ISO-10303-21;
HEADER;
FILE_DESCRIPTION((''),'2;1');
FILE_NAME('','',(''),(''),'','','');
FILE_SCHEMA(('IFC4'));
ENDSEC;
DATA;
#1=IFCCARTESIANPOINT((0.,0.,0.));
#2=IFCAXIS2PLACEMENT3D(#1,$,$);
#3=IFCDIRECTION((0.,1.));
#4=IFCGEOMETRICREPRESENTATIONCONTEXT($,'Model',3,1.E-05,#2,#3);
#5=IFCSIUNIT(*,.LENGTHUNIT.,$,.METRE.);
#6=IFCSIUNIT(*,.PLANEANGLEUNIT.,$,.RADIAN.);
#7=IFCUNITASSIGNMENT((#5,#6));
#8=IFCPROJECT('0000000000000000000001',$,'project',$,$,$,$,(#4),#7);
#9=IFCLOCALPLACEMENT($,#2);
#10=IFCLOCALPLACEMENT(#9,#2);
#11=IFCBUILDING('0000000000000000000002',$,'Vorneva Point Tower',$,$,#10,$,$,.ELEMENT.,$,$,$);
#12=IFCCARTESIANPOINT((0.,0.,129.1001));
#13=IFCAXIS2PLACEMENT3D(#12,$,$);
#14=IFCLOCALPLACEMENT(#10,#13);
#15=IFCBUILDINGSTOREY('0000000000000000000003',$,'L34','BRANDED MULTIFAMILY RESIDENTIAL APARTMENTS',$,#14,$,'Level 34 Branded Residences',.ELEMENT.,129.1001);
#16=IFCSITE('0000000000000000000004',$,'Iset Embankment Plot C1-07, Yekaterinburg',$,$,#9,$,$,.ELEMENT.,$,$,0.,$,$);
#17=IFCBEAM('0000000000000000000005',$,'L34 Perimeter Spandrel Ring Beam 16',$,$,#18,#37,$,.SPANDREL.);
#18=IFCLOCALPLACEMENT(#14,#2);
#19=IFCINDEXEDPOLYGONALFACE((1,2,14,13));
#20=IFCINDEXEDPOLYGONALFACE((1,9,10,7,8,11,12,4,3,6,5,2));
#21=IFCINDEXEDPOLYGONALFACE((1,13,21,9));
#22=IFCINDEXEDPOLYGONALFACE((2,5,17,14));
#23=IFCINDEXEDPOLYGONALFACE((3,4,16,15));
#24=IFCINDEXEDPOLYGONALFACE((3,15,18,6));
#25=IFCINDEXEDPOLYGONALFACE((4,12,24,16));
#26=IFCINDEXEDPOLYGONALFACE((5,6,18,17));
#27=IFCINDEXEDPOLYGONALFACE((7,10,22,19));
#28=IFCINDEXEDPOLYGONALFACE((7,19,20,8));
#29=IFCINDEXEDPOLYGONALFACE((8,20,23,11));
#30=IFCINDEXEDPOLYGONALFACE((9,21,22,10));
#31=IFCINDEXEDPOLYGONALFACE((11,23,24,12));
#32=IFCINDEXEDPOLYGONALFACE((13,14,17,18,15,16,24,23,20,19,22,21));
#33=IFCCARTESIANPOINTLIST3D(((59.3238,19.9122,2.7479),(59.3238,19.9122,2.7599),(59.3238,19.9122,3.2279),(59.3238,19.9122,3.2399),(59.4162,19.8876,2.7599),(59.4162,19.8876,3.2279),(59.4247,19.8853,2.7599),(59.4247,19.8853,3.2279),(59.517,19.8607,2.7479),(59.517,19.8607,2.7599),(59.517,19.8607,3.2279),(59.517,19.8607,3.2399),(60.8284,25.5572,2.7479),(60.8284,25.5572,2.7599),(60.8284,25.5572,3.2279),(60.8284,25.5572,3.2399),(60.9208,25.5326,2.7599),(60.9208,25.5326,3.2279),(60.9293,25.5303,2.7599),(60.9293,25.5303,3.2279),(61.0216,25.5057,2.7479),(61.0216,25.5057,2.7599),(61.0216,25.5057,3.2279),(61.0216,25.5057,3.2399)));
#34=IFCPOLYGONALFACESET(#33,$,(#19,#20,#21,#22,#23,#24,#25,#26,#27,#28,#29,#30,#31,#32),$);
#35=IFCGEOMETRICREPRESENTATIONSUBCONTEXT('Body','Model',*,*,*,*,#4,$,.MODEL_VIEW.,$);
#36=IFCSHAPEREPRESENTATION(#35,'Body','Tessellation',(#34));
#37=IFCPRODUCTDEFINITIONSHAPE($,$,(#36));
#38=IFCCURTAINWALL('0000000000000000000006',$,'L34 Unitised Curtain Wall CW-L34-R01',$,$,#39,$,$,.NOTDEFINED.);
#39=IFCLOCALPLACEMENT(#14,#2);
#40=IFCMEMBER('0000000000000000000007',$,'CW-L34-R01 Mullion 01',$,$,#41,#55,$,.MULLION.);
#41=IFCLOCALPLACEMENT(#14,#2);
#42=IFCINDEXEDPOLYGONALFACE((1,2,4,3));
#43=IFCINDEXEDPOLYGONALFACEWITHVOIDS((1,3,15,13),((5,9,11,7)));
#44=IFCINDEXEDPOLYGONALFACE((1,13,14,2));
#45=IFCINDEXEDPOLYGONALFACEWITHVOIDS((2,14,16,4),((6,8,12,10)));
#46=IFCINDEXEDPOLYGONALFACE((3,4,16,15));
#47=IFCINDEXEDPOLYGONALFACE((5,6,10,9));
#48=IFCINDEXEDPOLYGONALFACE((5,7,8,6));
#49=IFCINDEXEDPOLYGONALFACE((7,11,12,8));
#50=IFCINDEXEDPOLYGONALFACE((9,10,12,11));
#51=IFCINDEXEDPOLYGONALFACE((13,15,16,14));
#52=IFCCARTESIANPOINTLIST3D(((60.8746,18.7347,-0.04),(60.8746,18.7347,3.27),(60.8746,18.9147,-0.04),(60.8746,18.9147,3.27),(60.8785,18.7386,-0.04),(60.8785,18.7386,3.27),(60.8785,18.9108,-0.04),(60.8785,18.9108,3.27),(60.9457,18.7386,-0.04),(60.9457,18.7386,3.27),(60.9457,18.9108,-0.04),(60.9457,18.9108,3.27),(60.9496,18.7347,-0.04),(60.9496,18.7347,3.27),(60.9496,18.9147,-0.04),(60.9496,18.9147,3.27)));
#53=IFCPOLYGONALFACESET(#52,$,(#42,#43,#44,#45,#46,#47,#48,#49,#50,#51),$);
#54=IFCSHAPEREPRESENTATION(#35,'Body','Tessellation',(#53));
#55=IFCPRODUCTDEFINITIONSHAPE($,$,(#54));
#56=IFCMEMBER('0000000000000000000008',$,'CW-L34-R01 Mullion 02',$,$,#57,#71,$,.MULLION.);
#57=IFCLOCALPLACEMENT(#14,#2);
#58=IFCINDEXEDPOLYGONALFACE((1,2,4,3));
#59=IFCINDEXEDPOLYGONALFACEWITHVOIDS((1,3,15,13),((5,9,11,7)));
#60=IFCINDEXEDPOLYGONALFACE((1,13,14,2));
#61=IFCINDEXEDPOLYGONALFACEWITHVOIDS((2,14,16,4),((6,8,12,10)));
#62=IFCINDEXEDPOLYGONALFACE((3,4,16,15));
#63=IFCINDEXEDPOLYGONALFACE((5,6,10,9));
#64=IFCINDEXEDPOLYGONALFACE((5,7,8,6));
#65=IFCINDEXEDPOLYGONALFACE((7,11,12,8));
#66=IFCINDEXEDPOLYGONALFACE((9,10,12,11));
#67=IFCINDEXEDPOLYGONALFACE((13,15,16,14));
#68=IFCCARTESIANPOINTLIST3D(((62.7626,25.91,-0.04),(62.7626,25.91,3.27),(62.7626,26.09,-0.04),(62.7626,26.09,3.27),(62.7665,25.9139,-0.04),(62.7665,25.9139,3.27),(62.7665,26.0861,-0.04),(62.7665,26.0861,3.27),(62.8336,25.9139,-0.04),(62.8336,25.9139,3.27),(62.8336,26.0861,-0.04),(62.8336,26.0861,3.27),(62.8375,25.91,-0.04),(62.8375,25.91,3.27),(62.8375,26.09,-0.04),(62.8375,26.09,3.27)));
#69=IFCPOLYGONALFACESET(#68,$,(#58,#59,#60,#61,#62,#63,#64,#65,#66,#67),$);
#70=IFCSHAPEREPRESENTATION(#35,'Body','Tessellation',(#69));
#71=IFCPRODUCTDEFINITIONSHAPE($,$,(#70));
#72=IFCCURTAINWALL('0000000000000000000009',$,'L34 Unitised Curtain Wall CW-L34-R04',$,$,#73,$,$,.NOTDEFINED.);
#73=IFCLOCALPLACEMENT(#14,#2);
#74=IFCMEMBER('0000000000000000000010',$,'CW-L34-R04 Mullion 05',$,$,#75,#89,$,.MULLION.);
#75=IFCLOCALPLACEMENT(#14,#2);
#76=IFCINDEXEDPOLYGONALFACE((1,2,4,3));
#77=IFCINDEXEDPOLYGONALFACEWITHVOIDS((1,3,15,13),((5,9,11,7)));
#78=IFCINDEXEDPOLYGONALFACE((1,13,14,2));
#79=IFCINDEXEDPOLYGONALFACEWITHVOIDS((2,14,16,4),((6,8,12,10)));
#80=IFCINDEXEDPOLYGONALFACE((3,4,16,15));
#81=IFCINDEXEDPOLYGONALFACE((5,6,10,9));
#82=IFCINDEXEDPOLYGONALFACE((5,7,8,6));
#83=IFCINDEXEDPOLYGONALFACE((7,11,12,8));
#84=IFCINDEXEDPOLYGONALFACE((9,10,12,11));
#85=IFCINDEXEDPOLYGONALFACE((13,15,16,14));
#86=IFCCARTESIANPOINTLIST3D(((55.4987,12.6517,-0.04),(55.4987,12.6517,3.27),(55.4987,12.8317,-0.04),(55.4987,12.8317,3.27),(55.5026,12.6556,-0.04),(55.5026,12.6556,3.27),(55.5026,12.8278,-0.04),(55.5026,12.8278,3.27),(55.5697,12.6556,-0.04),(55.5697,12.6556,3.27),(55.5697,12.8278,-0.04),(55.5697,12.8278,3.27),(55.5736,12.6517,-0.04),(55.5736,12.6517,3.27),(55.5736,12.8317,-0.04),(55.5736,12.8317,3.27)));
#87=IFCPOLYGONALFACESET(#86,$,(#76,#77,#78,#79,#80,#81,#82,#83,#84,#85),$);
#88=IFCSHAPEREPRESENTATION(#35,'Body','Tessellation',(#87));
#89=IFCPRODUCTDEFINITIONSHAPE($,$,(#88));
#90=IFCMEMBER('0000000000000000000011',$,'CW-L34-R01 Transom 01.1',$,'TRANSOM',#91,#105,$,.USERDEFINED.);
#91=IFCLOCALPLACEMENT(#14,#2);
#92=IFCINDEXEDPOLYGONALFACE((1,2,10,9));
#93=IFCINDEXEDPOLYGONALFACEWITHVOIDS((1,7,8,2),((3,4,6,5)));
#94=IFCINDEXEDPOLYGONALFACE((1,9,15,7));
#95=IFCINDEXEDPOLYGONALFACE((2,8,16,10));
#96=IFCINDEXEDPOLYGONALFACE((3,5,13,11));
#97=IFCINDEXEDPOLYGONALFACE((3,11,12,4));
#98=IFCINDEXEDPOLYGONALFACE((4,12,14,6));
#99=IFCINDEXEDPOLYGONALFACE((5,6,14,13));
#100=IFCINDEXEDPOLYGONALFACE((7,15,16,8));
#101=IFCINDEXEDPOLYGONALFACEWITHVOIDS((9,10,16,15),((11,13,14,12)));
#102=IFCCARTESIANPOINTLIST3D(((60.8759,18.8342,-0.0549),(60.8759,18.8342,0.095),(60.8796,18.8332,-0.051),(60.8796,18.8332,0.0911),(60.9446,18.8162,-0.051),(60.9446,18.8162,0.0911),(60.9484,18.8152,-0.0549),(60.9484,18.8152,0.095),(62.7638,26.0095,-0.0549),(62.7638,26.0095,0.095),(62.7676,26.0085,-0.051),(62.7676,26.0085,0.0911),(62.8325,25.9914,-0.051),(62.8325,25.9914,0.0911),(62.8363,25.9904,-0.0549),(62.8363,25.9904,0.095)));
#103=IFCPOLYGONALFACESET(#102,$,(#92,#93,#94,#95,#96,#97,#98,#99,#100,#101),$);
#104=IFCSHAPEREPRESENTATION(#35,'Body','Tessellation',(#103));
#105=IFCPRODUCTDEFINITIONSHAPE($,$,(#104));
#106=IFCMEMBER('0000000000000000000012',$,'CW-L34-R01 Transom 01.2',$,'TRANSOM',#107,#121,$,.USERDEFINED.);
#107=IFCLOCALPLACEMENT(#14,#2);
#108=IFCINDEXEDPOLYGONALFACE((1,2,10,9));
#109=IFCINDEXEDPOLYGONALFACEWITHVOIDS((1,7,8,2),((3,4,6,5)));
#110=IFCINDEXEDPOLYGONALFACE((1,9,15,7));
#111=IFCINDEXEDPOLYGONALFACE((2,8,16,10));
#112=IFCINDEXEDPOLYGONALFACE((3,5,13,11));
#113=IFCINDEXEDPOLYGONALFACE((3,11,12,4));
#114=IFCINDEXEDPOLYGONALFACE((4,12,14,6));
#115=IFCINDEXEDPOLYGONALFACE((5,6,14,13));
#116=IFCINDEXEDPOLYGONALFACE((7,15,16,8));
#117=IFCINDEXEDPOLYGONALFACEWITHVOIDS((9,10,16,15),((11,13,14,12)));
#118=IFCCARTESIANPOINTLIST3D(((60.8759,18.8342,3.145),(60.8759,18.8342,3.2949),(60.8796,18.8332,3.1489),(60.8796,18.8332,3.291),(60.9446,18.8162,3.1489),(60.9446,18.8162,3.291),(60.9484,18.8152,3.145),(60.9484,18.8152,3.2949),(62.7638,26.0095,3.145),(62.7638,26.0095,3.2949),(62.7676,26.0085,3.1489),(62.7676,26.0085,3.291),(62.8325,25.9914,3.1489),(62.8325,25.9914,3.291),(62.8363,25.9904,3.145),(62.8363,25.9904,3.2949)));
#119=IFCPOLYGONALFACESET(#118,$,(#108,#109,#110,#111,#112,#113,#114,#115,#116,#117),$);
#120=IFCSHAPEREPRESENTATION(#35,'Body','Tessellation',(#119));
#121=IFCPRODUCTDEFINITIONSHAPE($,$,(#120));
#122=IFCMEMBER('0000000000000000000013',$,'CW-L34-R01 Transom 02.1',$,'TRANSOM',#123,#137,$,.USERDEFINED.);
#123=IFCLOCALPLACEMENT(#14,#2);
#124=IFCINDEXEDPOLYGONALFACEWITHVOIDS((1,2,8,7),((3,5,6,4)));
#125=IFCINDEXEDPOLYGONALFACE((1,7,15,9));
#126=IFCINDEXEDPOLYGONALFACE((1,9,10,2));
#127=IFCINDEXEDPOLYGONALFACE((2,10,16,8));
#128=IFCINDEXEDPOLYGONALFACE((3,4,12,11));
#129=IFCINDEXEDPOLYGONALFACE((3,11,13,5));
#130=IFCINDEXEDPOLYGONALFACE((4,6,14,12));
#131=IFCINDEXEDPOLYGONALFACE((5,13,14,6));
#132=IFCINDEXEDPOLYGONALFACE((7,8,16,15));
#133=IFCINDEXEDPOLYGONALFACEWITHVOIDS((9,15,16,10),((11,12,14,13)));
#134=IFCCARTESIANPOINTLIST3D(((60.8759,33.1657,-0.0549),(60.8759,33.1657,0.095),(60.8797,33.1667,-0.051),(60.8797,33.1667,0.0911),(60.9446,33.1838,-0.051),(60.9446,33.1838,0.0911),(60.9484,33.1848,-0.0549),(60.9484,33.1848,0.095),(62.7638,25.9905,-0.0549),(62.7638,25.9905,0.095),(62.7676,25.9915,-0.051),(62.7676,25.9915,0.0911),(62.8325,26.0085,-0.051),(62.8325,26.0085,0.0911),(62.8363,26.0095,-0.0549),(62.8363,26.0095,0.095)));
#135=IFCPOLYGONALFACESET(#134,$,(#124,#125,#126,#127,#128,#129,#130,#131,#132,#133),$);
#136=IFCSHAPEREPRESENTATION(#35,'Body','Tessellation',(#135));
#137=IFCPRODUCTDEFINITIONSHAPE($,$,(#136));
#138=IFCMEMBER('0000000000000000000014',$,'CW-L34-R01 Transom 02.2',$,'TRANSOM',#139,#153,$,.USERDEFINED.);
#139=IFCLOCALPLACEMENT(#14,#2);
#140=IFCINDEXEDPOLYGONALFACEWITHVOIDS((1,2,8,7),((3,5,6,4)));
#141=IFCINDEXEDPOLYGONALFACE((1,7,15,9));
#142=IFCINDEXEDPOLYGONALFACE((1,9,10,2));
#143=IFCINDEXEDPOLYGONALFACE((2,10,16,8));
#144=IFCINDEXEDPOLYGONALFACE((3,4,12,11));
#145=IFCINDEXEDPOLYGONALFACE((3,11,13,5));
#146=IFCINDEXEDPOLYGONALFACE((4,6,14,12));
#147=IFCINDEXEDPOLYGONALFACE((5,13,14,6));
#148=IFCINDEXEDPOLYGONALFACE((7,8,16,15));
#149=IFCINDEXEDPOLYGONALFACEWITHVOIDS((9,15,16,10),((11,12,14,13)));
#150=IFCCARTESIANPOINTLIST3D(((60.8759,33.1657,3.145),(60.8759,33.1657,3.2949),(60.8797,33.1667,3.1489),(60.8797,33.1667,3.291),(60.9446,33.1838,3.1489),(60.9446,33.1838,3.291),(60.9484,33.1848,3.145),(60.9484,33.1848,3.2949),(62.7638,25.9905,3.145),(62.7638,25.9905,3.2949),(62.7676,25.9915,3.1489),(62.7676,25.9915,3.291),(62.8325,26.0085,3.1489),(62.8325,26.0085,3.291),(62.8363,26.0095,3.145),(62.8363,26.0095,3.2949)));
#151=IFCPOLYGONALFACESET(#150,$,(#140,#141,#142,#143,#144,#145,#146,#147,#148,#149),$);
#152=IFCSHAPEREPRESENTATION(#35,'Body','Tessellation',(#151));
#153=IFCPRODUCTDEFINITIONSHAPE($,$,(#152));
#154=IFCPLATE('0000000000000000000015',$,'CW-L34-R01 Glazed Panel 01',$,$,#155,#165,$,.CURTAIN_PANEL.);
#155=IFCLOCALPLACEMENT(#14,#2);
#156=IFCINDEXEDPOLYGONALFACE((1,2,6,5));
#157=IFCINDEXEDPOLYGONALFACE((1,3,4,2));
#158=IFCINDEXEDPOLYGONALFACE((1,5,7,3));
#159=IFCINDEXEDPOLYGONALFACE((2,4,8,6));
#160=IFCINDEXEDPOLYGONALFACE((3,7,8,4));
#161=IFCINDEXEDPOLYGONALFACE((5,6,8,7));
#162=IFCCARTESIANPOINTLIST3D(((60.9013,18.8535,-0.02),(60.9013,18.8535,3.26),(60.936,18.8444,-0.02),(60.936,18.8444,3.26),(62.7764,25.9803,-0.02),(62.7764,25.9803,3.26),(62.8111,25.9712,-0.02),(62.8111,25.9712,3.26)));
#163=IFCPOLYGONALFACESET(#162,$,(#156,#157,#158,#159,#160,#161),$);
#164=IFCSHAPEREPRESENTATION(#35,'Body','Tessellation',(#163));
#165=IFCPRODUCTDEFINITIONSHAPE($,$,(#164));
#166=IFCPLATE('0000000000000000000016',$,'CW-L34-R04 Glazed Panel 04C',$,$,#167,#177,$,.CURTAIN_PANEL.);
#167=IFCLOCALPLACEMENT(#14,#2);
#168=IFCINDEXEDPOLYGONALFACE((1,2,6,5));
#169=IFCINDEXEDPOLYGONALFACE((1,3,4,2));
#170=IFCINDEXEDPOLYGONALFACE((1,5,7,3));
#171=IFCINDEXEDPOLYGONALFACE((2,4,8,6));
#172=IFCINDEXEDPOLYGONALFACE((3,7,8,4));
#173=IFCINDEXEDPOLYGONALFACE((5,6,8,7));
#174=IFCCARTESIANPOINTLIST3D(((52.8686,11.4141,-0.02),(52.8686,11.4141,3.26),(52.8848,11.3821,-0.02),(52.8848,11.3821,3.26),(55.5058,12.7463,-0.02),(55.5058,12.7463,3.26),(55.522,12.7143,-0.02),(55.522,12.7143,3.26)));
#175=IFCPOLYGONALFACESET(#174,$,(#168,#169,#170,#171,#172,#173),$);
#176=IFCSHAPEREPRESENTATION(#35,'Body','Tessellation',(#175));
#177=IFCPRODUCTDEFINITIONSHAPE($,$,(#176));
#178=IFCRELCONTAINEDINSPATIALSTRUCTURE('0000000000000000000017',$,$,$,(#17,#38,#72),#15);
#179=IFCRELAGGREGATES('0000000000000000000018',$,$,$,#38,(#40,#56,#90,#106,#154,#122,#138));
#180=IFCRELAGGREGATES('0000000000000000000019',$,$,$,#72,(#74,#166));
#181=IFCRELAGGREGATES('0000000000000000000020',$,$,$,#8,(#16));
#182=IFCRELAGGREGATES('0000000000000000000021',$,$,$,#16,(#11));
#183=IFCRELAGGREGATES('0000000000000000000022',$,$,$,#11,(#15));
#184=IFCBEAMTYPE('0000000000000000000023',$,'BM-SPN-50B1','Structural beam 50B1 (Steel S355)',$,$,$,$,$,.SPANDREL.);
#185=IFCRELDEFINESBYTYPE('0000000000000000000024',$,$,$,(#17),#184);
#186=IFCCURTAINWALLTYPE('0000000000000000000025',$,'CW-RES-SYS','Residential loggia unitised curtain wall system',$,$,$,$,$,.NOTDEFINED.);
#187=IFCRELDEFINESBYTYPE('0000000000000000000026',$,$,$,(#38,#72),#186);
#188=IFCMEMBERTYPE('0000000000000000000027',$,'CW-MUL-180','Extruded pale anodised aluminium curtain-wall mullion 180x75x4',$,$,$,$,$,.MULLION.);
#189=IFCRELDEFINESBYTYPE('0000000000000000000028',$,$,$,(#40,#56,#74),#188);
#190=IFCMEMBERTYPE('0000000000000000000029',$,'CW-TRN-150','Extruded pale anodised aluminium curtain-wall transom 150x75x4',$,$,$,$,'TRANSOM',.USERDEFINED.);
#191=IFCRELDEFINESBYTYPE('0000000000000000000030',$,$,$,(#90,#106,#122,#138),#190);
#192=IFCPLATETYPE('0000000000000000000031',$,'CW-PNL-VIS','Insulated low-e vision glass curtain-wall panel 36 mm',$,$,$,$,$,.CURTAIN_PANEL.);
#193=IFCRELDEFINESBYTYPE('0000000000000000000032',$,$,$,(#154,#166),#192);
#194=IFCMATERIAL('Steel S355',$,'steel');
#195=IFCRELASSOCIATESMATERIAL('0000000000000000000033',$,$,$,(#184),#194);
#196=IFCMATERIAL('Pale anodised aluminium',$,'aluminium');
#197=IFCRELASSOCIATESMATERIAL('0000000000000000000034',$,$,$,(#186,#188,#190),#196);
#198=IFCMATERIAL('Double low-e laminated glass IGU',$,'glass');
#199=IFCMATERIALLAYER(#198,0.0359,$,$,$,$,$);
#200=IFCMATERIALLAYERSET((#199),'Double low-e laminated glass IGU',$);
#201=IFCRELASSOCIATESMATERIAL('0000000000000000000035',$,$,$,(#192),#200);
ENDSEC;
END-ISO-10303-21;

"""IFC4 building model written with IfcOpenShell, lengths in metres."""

from ifc_helpers import new_model, si_unit, direction, frame, origin, origin_2d, place, context, subcontext, project, spatial, rectangle, hollow_rectangle, i_section, extrude, material, layer, layer_set, material_profile, profile_set, type_object, element, aggregate, save


model = new_model("IFC4")

# Units and contexts
model_context = context("Model", 3, precision=1e-05, world=origin(), true_north=direction((0.0, 1.0)))
body_context = subcontext(model_context, "Body", "Model", "MODEL_VIEW")
ifc_project = project(units=[si_unit("LENGTHUNIT", "METRE"), si_unit("PLANEANGLEUNIT", "RADIAN")], contexts=[model_context])

# Site, building, storey
site_placement = place(None, origin())
site = spatial("IfcSite", under=ifc_project, at=site_placement, Name="Iset Embankment Plot C1-07, Yekaterinburg", CompositionType="ELEMENT", RefElevation=0.0)
building_placement = place(site_placement, origin())
building = spatial("IfcBuilding", under=site, at=building_placement, Name="Vorneva Point Tower", CompositionType="ELEMENT")
storey_placement = place(building_placement, frame((0.0, 0.0, 129.1001)))
storey = spatial("IfcBuildingStorey", under=building, at=storey_placement, Name="L34", Description="BRANDED MULTIFAMILY RESIDENTIAL APARTMENTS", LongName="Level 34 Branded Residences", CompositionType="ELEMENT", Elevation=129.1001)

# Beam
ifc_material_1 = material(Name="Steel S355", Category="steel")
ifc_material_profile_1 = material_profile(ifc_material_1, i_section(OverallWidth=0.2, OverallDepth=0.4919, WebThickness=0.0088, FlangeThickness=0.012, at=origin_2d()), Name="50B1")
ifc_profile_set_1 = profile_set([ifc_material_profile_1], Name="Steel S355")
beam_type_1 = type_object("IfcBeamType", Name="BM-SPN-50B1", Description="Structural beam 50B1 (Steel S355)", PredefinedType="SPANDREL", material=ifc_profile_set_1)
beam_1_placement = place(storey_placement, frame((59.4204, 19.8865, 2.9939), z_axis=(0.257551, 0.966265, 0.0), x_axis=(-0.966265, 0.257551, 0.0)))
element("IfcBeam", 1, at=beam_1_placement, inside=storey, type_object=beam_type_1, Name="L34 Perimeter Spandrel Ring Beam 16", PredefinedType="SPANDREL", context=body_context, shape_type="SweptSolid", body=[
    extrude(i_section(OverallWidth=0.2, OverallDepth=0.4919, WebThickness=0.0088, FlangeThickness=0.012, at=origin_2d()), origin(), (0.0, 0.0, 1.0), 5.842),
])

# Curtain wall, members
ifc_material_2 = material(Name="Pale anodised aluminium", Category="aluminium")
curtain_wall_type = type_object("IfcCurtainWallType", Name="CW-RES-SYS", Description="Residential loggia unitised curtain wall system", PredefinedType="NOTDEFINED", material=ifc_material_2)
curtain_wall_1_placement = place(storey_placement, origin())
curtain_wall_1 = element("IfcCurtainWall", 2, at=curtain_wall_1_placement, inside=storey, type_object=curtain_wall_type, Name="L34 Unitised Curtain Wall CW-L34-R01", PredefinedType="NOTDEFINED")
ifc_material_profile_2 = material_profile(ifc_material_2, hollow_rectangle(XDim=0.075, YDim=0.1799, WallThickness=0.0039, at=origin_2d()), Name="AL-MUL 180x75x4")
ifc_profile_set_2 = profile_set([ifc_material_profile_2], Name="Pale anodised aluminium")
member_type_1 = type_object("IfcMemberType", Name="CW-MUL-180", Description="Extruded pale anodised aluminium curtain-wall mullion 180x75x4", PredefinedType="MULLION", material=ifc_profile_set_2)
member_1_placement = place(storey_placement, frame((60.9121, 18.8247, -0.04), z_axis=(0.0, 0.0, 1.0), x_axis=(1.0, 0.0, 0.0)))
member_1 = element("IfcMember", 3, at=member_1_placement, type_object=member_type_1, Name="CW-L34-R01 Mullion 01", PredefinedType="MULLION", context=body_context, shape_type="SweptSolid", body=[
    extrude(hollow_rectangle(XDim=0.075, YDim=0.1799, WallThickness=0.0039, at=origin_2d()), origin(), (0.0, 0.0, 1.0), 3.3101),
])
member_2_placement = place(storey_placement, frame((62.8, 26.0, -0.04), z_axis=(0.0, 0.0, 1.0), x_axis=(1.0, 0.0, 0.0)))
member_2 = element("IfcMember", 4, at=member_2_placement, type_object=member_type_1, Name="CW-L34-R01 Mullion 02", PredefinedType="MULLION", context=body_context, shape_type="SweptSolid", body=[
    extrude(hollow_rectangle(XDim=0.075, YDim=0.1799, WallThickness=0.0039, at=origin_2d()), origin(), (0.0, 0.0, 1.0), 3.3101),
])

# Curtain wall, member
curtain_wall_2_placement = place(storey_placement, origin())
curtain_wall_2 = element("IfcCurtainWall", 5, at=curtain_wall_2_placement, inside=storey, type_object=curtain_wall_type, Name="L34 Unitised Curtain Wall CW-L34-R04", PredefinedType="NOTDEFINED")
member_3_placement = place(storey_placement, frame((55.5361, 12.7417, -0.04), z_axis=(0.0, 0.0, 1.0), x_axis=(1.0, 0.0, 0.0)))
member_3 = element("IfcMember", 6, at=member_3_placement, type_object=member_type_1, Name="CW-L34-R04 Mullion 05", PredefinedType="MULLION", context=body_context, shape_type="SweptSolid", body=[
    extrude(hollow_rectangle(XDim=0.075, YDim=0.1799, WallThickness=0.0039, at=origin_2d()), origin(), (0.0, 0.0, 1.0), 3.3101),
])

# Members
ifc_material_profile_3 = material_profile(ifc_material_2, hollow_rectangle(XDim=0.075, YDim=0.1499, WallThickness=0.0039, at=origin_2d()), Name="AL-TRN 150x75x4")
ifc_profile_set_3 = profile_set([ifc_material_profile_3], Name="Pale anodised aluminium")
member_type_2 = type_object("IfcMemberType", Name="CW-TRN-150", Description="Extruded pale anodised aluminium curtain-wall transom 150x75x4", ElementType="TRANSOM", PredefinedType="USERDEFINED", material=ifc_profile_set_3)
member_4_placement = place(storey_placement, frame((60.9121, 18.8247, 0.02), z_axis=(0.254456, 0.967084, 0.0), x_axis=(-0.967084, 0.254456, 0.0)))
member_4 = element("IfcMember", 7, at=member_4_placement, type_object=member_type_2, Name="CW-L34-R01 Transom 01.1", ObjectType="TRANSOM", PredefinedType="USERDEFINED", context=body_context, shape_type="SweptSolid", body=[
    extrude(hollow_rectangle(XDim=0.075, YDim=0.1499, WallThickness=0.0039, at=origin_2d()), origin(), (0.0, 0.0, 1.0), 7.4194),
])
member_5_placement = place(storey_placement, frame((60.9121, 18.8247, 3.22), z_axis=(0.254456, 0.967084, 0.0), x_axis=(-0.967084, 0.254456, 0.0)))
member_5 = element("IfcMember", 8, at=member_5_placement, type_object=member_type_2, Name="CW-L34-R01 Transom 01.2", ObjectType="TRANSOM", PredefinedType="USERDEFINED", context=body_context, shape_type="SweptSolid", body=[
    extrude(hollow_rectangle(XDim=0.075, YDim=0.1499, WallThickness=0.0039, at=origin_2d()), origin(), (0.0, 0.0, 1.0), 7.4194),
])
member_6_placement = place(storey_placement, frame((62.8, 26.0, 0.02), z_axis=(-0.254456, 0.967084, 0.0), x_axis=(-0.967084, -0.254456, 0.0)))
member_6 = element("IfcMember", 9, at=member_6_placement, type_object=member_type_2, Name="CW-L34-R01 Transom 02.1", ObjectType="TRANSOM", PredefinedType="USERDEFINED", context=body_context, shape_type="SweptSolid", body=[
    extrude(hollow_rectangle(XDim=0.075, YDim=0.1499, WallThickness=0.0039, at=origin_2d()), origin(), (0.0, 0.0, 1.0), 7.4194),
])
member_7_placement = place(storey_placement, frame((62.8, 26.0, 3.22), z_axis=(-0.254456, 0.967084, 0.0), x_axis=(-0.967084, -0.254456, 0.0)))
member_7 = element("IfcMember", 10, at=member_7_placement, type_object=member_type_2, Name="CW-L34-R01 Transom 02.2", ObjectType="TRANSOM", PredefinedType="USERDEFINED", context=body_context, shape_type="SweptSolid", body=[
    extrude(hollow_rectangle(XDim=0.075, YDim=0.1499, WallThickness=0.0039, at=origin_2d()), origin(), (0.0, 0.0, 1.0), 7.4194),
])

# Plates
ifc_material_3 = material(Name="Double low-e laminated glass IGU", Category="glass")
ifc_layer_1 = layer(ifc_material_3, 0.0359)
ifc_layer_set_1 = layer_set([ifc_layer_1], Name="Double low-e laminated glass IGU")
plate_type = type_object("IfcPlateType", Name="CW-PNL-VIS", Description="Insulated low-e vision glass curtain-wall panel 36 mm", PredefinedType="CURTAIN_PANEL", material=ifc_layer_set_1)
plate_1_placement = place(storey_placement, frame((61.8562, 22.4124, -0.02), z_axis=(0.0, 0.0, 1.0), x_axis=(0.254433, 0.96709, 0.0)))
plate_1 = element("IfcPlate", 11, at=plate_1_placement, type_object=plate_type, Name="CW-L34-R01 Glazed Panel 01", PredefinedType="CURTAIN_PANEL", context=body_context, shape_type="SweptSolid", body=[
    extrude(rectangle(XDim=7.3694, YDim=0.0359, at=origin_2d()), origin(), (0.0, 0.0, 1.0), 3.28),
])
aggregate(curtain_wall_1, [member_1, member_2, member_4, member_5, plate_1, member_6, member_7])
plate_2_placement = place(storey_placement, frame((54.1953, 12.0642, -0.02), z_axis=(0.0, 0.0, 1.0), x_axis=(0.892578, 0.450893, 0.0)))
plate_2 = element("IfcPlate", 12, at=plate_2_placement, type_object=plate_type, Name="CW-L34-R04 Glazed Panel 04C", PredefinedType="CURTAIN_PANEL", context=body_context, shape_type="SweptSolid", body=[
    extrude(rectangle(XDim=2.9546, YDim=0.0359, at=origin_2d()), origin(), (0.0, 0.0, 1.0), 3.28),
])
aggregate(curtain_wall_2, [member_3, plate_2])

save(model, "model.ifc")
